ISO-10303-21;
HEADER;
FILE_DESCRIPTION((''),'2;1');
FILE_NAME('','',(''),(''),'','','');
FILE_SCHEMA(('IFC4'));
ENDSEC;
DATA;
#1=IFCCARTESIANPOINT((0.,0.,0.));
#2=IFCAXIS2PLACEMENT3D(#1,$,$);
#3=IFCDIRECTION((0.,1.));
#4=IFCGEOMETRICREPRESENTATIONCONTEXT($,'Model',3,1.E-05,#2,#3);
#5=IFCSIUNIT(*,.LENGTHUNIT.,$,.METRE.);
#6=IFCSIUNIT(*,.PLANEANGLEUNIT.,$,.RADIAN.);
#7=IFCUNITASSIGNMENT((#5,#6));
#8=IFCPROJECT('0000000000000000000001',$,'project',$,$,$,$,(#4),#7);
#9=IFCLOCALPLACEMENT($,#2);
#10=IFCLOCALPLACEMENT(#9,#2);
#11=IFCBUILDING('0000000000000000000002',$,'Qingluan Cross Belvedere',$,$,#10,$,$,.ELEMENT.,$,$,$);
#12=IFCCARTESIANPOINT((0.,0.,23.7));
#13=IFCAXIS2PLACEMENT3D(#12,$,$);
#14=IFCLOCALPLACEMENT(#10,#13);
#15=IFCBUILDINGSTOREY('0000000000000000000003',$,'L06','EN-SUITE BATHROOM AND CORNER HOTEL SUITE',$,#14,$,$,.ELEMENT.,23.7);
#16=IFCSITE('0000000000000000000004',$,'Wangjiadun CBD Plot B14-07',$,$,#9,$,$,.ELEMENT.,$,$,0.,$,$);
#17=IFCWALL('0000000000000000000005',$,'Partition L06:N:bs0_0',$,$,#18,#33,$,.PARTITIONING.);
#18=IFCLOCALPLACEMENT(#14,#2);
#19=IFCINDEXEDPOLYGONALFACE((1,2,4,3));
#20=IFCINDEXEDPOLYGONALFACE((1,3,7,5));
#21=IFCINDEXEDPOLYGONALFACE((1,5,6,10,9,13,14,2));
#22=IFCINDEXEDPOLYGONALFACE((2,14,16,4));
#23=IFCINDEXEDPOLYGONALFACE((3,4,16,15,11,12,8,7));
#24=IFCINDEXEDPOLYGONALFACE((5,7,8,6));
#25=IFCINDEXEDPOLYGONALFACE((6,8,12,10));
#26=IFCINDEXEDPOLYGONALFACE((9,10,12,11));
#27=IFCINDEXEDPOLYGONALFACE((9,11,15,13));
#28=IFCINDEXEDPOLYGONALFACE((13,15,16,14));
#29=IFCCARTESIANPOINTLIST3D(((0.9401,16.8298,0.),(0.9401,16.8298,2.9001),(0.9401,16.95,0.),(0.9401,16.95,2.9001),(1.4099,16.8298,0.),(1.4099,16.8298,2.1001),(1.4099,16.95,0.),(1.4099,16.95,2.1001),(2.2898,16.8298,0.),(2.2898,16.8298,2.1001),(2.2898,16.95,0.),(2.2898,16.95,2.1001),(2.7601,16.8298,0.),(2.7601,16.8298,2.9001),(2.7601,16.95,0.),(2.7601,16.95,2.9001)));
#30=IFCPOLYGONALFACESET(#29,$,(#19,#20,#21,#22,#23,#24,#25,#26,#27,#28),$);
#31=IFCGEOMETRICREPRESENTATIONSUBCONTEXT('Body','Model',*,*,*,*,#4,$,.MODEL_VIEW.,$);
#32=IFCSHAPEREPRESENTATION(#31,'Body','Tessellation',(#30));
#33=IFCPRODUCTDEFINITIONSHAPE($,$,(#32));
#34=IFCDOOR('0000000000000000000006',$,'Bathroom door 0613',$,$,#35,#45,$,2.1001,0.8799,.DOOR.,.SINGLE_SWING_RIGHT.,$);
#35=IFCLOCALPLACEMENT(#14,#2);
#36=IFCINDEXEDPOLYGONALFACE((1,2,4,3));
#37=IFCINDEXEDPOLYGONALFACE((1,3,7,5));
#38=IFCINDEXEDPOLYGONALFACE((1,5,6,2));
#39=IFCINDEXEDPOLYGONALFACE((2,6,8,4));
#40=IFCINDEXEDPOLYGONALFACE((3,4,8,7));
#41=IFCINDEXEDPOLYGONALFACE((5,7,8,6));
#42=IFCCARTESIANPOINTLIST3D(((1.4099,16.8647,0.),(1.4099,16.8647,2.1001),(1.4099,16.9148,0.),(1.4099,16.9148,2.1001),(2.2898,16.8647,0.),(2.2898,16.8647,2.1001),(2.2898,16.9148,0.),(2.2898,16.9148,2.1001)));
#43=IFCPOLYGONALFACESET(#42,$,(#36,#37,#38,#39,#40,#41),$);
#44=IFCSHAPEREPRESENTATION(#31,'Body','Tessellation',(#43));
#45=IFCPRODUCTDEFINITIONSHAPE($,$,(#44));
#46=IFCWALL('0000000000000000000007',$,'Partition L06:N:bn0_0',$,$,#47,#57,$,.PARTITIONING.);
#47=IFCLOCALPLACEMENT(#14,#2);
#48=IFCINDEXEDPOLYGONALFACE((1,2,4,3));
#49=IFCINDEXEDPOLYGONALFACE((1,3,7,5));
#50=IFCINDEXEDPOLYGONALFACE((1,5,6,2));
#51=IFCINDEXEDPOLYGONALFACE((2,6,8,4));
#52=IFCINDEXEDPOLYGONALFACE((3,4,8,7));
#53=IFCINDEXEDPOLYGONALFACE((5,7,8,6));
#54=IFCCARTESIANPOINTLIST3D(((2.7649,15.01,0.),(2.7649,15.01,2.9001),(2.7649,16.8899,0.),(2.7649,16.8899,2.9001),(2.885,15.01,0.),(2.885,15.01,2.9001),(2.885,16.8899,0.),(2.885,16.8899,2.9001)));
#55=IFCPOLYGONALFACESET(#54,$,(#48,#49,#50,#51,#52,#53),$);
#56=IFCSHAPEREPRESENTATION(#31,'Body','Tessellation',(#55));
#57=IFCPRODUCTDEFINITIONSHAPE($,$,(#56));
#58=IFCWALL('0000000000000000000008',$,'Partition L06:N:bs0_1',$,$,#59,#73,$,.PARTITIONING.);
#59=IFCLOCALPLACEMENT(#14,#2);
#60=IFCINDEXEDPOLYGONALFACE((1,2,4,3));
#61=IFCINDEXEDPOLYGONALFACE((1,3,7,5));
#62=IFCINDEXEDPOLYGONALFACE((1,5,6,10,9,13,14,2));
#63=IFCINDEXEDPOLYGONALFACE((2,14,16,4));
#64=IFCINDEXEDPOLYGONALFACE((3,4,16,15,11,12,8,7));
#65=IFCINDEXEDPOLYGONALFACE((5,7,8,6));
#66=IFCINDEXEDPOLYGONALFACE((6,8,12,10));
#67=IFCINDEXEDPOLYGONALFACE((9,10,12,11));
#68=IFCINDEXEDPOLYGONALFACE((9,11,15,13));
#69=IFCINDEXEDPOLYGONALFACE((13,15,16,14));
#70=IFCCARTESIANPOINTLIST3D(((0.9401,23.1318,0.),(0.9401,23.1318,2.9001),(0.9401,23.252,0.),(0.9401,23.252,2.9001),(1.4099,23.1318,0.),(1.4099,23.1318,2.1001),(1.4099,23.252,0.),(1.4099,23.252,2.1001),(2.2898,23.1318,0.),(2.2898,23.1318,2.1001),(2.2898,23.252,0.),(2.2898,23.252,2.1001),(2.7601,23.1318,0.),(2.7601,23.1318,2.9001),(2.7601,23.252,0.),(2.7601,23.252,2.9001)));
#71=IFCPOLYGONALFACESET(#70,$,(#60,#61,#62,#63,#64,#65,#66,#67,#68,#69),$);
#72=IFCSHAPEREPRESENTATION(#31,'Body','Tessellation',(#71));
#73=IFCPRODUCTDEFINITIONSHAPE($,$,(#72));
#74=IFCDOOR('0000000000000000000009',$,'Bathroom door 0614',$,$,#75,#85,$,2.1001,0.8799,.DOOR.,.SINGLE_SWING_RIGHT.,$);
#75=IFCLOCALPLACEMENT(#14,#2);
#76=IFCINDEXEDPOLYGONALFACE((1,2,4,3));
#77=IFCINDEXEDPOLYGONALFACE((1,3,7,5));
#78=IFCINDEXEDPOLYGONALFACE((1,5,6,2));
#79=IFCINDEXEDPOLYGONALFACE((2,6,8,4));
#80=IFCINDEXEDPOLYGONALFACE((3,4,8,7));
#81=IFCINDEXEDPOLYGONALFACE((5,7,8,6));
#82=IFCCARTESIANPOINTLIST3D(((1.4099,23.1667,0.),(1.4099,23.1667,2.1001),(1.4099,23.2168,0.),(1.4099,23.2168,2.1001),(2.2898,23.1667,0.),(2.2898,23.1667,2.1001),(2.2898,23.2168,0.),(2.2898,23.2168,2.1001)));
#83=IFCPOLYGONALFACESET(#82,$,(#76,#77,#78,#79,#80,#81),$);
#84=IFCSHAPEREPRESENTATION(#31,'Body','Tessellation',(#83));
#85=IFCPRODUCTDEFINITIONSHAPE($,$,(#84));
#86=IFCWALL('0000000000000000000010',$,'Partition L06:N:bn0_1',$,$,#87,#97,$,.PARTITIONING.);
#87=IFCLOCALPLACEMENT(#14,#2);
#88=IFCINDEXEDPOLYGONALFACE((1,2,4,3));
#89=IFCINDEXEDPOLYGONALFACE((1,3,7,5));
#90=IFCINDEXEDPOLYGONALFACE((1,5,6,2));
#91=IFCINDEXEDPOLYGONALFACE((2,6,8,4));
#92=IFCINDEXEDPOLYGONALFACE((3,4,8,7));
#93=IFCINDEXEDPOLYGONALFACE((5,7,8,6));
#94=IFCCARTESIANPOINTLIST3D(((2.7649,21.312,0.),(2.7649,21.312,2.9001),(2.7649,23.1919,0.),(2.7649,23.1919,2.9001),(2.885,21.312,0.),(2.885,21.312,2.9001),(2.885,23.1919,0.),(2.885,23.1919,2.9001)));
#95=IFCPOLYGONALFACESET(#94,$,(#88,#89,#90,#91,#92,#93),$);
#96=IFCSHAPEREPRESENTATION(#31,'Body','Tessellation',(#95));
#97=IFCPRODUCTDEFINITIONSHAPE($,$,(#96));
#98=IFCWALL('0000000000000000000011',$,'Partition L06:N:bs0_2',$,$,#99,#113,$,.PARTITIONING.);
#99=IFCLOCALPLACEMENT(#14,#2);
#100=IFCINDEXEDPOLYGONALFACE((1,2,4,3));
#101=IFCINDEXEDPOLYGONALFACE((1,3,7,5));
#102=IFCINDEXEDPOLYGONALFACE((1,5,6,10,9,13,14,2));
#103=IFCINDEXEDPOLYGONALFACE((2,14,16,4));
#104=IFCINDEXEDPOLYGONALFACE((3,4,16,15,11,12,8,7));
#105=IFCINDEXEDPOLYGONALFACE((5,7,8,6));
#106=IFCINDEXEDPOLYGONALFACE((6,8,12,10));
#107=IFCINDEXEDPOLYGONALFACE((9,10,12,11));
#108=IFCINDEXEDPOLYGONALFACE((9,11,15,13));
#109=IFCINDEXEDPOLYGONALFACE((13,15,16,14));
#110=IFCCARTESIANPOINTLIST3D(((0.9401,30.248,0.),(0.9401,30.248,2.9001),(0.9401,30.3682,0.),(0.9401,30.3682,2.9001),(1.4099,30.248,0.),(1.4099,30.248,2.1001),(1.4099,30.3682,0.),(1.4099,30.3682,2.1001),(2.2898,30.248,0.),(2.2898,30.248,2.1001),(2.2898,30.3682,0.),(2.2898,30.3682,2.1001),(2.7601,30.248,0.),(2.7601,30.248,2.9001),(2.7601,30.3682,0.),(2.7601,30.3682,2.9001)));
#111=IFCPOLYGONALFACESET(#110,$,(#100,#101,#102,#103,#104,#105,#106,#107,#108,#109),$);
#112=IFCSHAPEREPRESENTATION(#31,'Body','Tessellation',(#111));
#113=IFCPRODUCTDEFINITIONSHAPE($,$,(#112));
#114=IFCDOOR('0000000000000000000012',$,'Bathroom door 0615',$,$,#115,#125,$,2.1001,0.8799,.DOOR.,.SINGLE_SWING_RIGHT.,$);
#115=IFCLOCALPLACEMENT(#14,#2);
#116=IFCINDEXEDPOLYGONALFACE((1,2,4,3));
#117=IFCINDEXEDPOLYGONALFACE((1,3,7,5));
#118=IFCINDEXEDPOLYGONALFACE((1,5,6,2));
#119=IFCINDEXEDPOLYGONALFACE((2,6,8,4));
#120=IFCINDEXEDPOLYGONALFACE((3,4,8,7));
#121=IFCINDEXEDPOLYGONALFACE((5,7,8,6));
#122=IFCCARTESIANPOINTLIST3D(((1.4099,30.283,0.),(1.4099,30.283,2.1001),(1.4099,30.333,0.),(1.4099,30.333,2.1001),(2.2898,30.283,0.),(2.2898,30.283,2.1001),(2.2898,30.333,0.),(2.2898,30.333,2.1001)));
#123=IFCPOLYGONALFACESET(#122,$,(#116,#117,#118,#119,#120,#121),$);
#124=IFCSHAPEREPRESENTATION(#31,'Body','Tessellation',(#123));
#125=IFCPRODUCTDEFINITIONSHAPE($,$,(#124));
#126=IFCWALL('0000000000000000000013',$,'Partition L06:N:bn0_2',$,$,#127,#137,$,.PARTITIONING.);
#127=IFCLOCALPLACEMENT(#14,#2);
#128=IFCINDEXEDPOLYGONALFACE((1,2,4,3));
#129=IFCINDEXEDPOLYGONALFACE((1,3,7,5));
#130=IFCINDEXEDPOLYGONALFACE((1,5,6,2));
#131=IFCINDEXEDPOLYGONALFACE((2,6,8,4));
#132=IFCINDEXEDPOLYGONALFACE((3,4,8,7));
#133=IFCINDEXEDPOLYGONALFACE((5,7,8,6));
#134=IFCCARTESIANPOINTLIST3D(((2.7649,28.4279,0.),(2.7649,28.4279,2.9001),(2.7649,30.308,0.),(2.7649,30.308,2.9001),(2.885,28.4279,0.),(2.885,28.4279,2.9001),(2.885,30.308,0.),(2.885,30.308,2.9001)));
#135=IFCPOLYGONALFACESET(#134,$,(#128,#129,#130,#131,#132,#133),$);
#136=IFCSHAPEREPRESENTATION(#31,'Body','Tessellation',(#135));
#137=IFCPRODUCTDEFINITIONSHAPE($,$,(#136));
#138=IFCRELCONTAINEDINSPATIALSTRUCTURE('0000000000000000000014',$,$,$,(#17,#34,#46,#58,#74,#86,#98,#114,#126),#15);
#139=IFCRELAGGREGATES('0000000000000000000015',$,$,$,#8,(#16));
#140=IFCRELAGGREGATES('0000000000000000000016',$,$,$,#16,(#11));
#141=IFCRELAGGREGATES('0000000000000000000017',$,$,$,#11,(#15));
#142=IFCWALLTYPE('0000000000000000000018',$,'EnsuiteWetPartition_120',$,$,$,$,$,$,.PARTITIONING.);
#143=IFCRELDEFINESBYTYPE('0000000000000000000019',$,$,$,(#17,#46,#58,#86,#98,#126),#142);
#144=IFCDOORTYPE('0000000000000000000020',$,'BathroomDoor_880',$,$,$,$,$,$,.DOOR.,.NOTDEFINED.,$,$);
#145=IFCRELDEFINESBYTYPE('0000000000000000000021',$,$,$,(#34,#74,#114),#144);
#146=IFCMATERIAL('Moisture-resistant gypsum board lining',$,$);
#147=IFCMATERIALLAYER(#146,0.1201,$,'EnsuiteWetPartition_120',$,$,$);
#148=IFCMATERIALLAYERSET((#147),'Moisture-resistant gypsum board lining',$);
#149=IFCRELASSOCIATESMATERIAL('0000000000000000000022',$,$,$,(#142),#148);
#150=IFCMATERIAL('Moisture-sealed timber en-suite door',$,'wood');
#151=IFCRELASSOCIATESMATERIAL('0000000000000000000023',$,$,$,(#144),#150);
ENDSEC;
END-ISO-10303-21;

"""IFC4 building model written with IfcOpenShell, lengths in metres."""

from ifc_helpers import new_model, si_unit, direction, frame, frame_2d, origin, place, context, subcontext, project, spatial, rectangle, extrude, material, layer, layer_set, type_object, element, fill, save


model = new_model("IFC4")

# Units and contexts
model_context = context("Model", 3, precision=1e-05, world=origin(), true_north=direction((0.0, 1.0)))
body_context = subcontext(model_context, "Body", "Model", "MODEL_VIEW")
ifc_project = project(units=[si_unit("LENGTHUNIT", "METRE"), si_unit("PLANEANGLEUNIT", "RADIAN")], contexts=[model_context])

# Site, building, storey
site_placement = place(None, origin())
site = spatial("IfcSite", under=ifc_project, at=site_placement, Name="Wangjiadun CBD Plot B14-07", CompositionType="ELEMENT", RefElevation=0.0)
building_placement = place(site_placement, origin())
building = spatial("IfcBuilding", under=site, at=building_placement, Name="Qingluan Cross Belvedere", CompositionType="ELEMENT")
storey_placement = place(building_placement, frame((0.0, 0.0, 23.7)))
storey = spatial("IfcBuildingStorey", under=building, at=storey_placement, Name="L06", Description="EN-SUITE BATHROOM AND CORNER HOTEL SUITE", CompositionType="ELEMENT", Elevation=23.7)

# Wall, opening, door
ifc_material_1 = material(Name="Moisture-resistant gypsum board lining")
ifc_layer_1 = layer(ifc_material_1, 0.1201, Name="EnsuiteWetPartition_120")
ifc_layer_set_1 = layer_set([ifc_layer_1], Name="Moisture-resistant gypsum board lining")
wall_type_1 = type_object("IfcWallType", Name="EnsuiteWetPartition_120", PredefinedType="PARTITIONING", material=ifc_layer_set_1)
wall_1_placement = place(storey_placement, frame((0.9399, 16.8899, 0.0), z_axis=(0.0, 0.0, 1.0), x_axis=(1.0, 0.0, 0.0)))
wall_1 = element("IfcWall", 1, at=wall_1_placement, inside=storey, type_object=wall_type_1, Name="Partition L06:N:bs0_0", PredefinedType="PARTITIONING", context=body_context, shape_type="SweptSolid", body=[
    extrude(rectangle(XDim=1.8201, YDim=0.1201, at=frame_2d((0.9102, 0.0))), origin(), (0.0, 0.0, 1.0), 2.9001),
])
opening_1_placement = place(wall_1_placement, frame((0.47, 0.0, 0.0)))
opening_1 = element("IfcOpeningElement", 2, at=opening_1_placement, cuts=wall_1, PredefinedType="OPENING", context=body_context, shape_type="SweptSolid", body=[
    extrude(rectangle(XDim=0.8799, YDim=2.1001, at=frame_2d((0.4399, 1.05))), frame((0.0, 0.0701, 0.0), z_axis=(0.0, -1.0, 0.0), x_axis=(1.0, 0.0, 0.0)), (0.0, 0.0, 1.0), 0.1401),
])
ifc_material_2 = material(Name="Moisture-sealed timber en-suite door", Category="wood")
door_type_1 = type_object("IfcDoorType", Name="BathroomDoor_880", OperationType="NOTDEFINED", PredefinedType="DOOR", material=ifc_material_2)
door_1_placement = place(opening_1_placement, origin())
door_1 = element("IfcDoor", 3, at=door_1_placement, inside=storey, type_object=door_type_1, Name="Bathroom door 0613", OperationType="SINGLE_SWING_RIGHT", OverallHeight=2.1001, OverallWidth=0.8799, PredefinedType="DOOR", context=body_context, shape_type="SweptSolid", body=[
    extrude(rectangle(XDim=0.8799, YDim=2.1001, at=frame_2d((0.4399, 1.05))), frame((0.0, 0.0249, 0.0), z_axis=(0.0, -1.0, 0.0), x_axis=(1.0, 0.0, 0.0)), (0.0, 0.0, 1.0), 0.05),
])
fill(opening_1, door_1)

# Wall
wall_2_placement = place(storey_placement, frame((2.825, 15.01, 0.0), z_axis=(0.0, 0.0, 1.0), x_axis=(0.0, 1.0, 0.0)))
element("IfcWall", 4, at=wall_2_placement, inside=storey, type_object=wall_type_1, Name="Partition L06:N:bn0_0", PredefinedType="PARTITIONING", context=body_context, shape_type="SweptSolid", body=[
    extrude(rectangle(XDim=1.8799, YDim=0.1201, at=frame_2d((0.9399, 0.0))), origin(), (0.0, 0.0, 1.0), 2.9001),
])

# Wall, opening, door
wall_3_placement = place(storey_placement, frame((0.9399, 23.1919, 0.0), z_axis=(0.0, 0.0, 1.0), x_axis=(1.0, 0.0, 0.0)))
wall_3 = element("IfcWall", 5, at=wall_3_placement, inside=storey, type_object=wall_type_1, Name="Partition L06:N:bs0_1", PredefinedType="PARTITIONING", context=body_context, shape_type="SweptSolid", body=[
    extrude(rectangle(XDim=1.8201, YDim=0.1201, at=frame_2d((0.9102, 0.0))), origin(), (0.0, 0.0, 1.0), 2.9001),
])
opening_2_placement = place(wall_3_placement, frame((0.47, 0.0, 0.0)))
opening_2 = element("IfcOpeningElement", 6, at=opening_2_placement, cuts=wall_3, PredefinedType="OPENING", context=body_context, shape_type="SweptSolid", body=[
    extrude(rectangle(XDim=0.8799, YDim=2.1001, at=frame_2d((0.4399, 1.05))), frame((0.0, 0.0701, 0.0), z_axis=(0.0, -1.0, 0.0), x_axis=(1.0, 0.0, 0.0)), (0.0, 0.0, 1.0), 0.1401),
])
door_2_placement = place(opening_2_placement, origin())
door_2 = element("IfcDoor", 7, at=door_2_placement, inside=storey, type_object=door_type_1, Name="Bathroom door 0614", OperationType="SINGLE_SWING_RIGHT", OverallHeight=2.1001, OverallWidth=0.8799, PredefinedType="DOOR", context=body_context, shape_type="SweptSolid", body=[
    extrude(rectangle(XDim=0.8799, YDim=2.1001, at=frame_2d((0.4399, 1.05))), frame((0.0, 0.0249, 0.0), z_axis=(0.0, -1.0, 0.0), x_axis=(1.0, 0.0, 0.0)), (0.0, 0.0, 1.0), 0.05),
])
fill(opening_2, door_2)

# Wall
wall_4_placement = place(storey_placement, frame((2.825, 21.312, 0.0), z_axis=(0.0, 0.0, 1.0), x_axis=(0.0, 1.0, 0.0)))
element("IfcWall", 8, at=wall_4_placement, inside=storey, type_object=wall_type_1, Name="Partition L06:N:bn0_1", PredefinedType="PARTITIONING", context=body_context, shape_type="SweptSolid", body=[
    extrude(rectangle(XDim=1.8799, YDim=0.1201, at=frame_2d((0.9399, 0.0))), origin(), (0.0, 0.0, 1.0), 2.9001),
])

# Wall, opening, door
wall_5_placement = place(storey_placement, frame((0.9399, 30.3081, 0.0), z_axis=(0.0, 0.0, 1.0), x_axis=(1.0, 0.0, 0.0)))
wall_5 = element("IfcWall", 9, at=wall_5_placement, inside=storey, type_object=wall_type_1, Name="Partition L06:N:bs0_2", PredefinedType="PARTITIONING", context=body_context, shape_type="SweptSolid", body=[
    extrude(rectangle(XDim=1.8201, YDim=0.1201, at=frame_2d((0.9102, 0.0))), origin(), (0.0, 0.0, 1.0), 2.9001),
])
opening_3_placement = place(wall_5_placement, frame((0.47, 0.0, 0.0)))
opening_3 = element("IfcOpeningElement", 10, at=opening_3_placement, cuts=wall_5, PredefinedType="OPENING", context=body_context, shape_type="SweptSolid", body=[
    extrude(rectangle(XDim=0.8799, YDim=2.1001, at=frame_2d((0.4399, 1.05))), frame((0.0, 0.0701, 0.0), z_axis=(0.0, -1.0, 0.0), x_axis=(1.0, 0.0, 0.0)), (0.0, 0.0, 1.0), 0.1401),
])
door_3_placement = place(opening_3_placement, origin())
door_3 = element("IfcDoor", 11, at=door_3_placement, inside=storey, type_object=door_type_1, Name="Bathroom door 0615", OperationType="SINGLE_SWING_RIGHT", OverallHeight=2.1001, OverallWidth=0.8799, PredefinedType="DOOR", context=body_context, shape_type="SweptSolid", body=[
    extrude(rectangle(XDim=0.8799, YDim=2.1001, at=frame_2d((0.4399, 1.05))), frame((0.0, 0.0249, 0.0), z_axis=(0.0, -1.0, 0.0), x_axis=(1.0, 0.0, 0.0)), (0.0, 0.0, 1.0), 0.05),
])
fill(opening_3, door_3)

# Wall
wall_6_placement = place(storey_placement, frame((2.825, 28.428, 0.0), z_axis=(0.0, 0.0, 1.0), x_axis=(0.0, 1.0, 0.0)))
element("IfcWall", 12, at=wall_6_placement, inside=storey, type_object=wall_type_1, Name="Partition L06:N:bn0_2", PredefinedType="PARTITIONING", context=body_context, shape_type="SweptSolid", body=[
    extrude(rectangle(XDim=1.8801, YDim=0.1201, at=frame_2d((0.9399, 0.0))), origin(), (0.0, 0.0, 1.0), 2.9001),
])

save(model, "model.ifc")
